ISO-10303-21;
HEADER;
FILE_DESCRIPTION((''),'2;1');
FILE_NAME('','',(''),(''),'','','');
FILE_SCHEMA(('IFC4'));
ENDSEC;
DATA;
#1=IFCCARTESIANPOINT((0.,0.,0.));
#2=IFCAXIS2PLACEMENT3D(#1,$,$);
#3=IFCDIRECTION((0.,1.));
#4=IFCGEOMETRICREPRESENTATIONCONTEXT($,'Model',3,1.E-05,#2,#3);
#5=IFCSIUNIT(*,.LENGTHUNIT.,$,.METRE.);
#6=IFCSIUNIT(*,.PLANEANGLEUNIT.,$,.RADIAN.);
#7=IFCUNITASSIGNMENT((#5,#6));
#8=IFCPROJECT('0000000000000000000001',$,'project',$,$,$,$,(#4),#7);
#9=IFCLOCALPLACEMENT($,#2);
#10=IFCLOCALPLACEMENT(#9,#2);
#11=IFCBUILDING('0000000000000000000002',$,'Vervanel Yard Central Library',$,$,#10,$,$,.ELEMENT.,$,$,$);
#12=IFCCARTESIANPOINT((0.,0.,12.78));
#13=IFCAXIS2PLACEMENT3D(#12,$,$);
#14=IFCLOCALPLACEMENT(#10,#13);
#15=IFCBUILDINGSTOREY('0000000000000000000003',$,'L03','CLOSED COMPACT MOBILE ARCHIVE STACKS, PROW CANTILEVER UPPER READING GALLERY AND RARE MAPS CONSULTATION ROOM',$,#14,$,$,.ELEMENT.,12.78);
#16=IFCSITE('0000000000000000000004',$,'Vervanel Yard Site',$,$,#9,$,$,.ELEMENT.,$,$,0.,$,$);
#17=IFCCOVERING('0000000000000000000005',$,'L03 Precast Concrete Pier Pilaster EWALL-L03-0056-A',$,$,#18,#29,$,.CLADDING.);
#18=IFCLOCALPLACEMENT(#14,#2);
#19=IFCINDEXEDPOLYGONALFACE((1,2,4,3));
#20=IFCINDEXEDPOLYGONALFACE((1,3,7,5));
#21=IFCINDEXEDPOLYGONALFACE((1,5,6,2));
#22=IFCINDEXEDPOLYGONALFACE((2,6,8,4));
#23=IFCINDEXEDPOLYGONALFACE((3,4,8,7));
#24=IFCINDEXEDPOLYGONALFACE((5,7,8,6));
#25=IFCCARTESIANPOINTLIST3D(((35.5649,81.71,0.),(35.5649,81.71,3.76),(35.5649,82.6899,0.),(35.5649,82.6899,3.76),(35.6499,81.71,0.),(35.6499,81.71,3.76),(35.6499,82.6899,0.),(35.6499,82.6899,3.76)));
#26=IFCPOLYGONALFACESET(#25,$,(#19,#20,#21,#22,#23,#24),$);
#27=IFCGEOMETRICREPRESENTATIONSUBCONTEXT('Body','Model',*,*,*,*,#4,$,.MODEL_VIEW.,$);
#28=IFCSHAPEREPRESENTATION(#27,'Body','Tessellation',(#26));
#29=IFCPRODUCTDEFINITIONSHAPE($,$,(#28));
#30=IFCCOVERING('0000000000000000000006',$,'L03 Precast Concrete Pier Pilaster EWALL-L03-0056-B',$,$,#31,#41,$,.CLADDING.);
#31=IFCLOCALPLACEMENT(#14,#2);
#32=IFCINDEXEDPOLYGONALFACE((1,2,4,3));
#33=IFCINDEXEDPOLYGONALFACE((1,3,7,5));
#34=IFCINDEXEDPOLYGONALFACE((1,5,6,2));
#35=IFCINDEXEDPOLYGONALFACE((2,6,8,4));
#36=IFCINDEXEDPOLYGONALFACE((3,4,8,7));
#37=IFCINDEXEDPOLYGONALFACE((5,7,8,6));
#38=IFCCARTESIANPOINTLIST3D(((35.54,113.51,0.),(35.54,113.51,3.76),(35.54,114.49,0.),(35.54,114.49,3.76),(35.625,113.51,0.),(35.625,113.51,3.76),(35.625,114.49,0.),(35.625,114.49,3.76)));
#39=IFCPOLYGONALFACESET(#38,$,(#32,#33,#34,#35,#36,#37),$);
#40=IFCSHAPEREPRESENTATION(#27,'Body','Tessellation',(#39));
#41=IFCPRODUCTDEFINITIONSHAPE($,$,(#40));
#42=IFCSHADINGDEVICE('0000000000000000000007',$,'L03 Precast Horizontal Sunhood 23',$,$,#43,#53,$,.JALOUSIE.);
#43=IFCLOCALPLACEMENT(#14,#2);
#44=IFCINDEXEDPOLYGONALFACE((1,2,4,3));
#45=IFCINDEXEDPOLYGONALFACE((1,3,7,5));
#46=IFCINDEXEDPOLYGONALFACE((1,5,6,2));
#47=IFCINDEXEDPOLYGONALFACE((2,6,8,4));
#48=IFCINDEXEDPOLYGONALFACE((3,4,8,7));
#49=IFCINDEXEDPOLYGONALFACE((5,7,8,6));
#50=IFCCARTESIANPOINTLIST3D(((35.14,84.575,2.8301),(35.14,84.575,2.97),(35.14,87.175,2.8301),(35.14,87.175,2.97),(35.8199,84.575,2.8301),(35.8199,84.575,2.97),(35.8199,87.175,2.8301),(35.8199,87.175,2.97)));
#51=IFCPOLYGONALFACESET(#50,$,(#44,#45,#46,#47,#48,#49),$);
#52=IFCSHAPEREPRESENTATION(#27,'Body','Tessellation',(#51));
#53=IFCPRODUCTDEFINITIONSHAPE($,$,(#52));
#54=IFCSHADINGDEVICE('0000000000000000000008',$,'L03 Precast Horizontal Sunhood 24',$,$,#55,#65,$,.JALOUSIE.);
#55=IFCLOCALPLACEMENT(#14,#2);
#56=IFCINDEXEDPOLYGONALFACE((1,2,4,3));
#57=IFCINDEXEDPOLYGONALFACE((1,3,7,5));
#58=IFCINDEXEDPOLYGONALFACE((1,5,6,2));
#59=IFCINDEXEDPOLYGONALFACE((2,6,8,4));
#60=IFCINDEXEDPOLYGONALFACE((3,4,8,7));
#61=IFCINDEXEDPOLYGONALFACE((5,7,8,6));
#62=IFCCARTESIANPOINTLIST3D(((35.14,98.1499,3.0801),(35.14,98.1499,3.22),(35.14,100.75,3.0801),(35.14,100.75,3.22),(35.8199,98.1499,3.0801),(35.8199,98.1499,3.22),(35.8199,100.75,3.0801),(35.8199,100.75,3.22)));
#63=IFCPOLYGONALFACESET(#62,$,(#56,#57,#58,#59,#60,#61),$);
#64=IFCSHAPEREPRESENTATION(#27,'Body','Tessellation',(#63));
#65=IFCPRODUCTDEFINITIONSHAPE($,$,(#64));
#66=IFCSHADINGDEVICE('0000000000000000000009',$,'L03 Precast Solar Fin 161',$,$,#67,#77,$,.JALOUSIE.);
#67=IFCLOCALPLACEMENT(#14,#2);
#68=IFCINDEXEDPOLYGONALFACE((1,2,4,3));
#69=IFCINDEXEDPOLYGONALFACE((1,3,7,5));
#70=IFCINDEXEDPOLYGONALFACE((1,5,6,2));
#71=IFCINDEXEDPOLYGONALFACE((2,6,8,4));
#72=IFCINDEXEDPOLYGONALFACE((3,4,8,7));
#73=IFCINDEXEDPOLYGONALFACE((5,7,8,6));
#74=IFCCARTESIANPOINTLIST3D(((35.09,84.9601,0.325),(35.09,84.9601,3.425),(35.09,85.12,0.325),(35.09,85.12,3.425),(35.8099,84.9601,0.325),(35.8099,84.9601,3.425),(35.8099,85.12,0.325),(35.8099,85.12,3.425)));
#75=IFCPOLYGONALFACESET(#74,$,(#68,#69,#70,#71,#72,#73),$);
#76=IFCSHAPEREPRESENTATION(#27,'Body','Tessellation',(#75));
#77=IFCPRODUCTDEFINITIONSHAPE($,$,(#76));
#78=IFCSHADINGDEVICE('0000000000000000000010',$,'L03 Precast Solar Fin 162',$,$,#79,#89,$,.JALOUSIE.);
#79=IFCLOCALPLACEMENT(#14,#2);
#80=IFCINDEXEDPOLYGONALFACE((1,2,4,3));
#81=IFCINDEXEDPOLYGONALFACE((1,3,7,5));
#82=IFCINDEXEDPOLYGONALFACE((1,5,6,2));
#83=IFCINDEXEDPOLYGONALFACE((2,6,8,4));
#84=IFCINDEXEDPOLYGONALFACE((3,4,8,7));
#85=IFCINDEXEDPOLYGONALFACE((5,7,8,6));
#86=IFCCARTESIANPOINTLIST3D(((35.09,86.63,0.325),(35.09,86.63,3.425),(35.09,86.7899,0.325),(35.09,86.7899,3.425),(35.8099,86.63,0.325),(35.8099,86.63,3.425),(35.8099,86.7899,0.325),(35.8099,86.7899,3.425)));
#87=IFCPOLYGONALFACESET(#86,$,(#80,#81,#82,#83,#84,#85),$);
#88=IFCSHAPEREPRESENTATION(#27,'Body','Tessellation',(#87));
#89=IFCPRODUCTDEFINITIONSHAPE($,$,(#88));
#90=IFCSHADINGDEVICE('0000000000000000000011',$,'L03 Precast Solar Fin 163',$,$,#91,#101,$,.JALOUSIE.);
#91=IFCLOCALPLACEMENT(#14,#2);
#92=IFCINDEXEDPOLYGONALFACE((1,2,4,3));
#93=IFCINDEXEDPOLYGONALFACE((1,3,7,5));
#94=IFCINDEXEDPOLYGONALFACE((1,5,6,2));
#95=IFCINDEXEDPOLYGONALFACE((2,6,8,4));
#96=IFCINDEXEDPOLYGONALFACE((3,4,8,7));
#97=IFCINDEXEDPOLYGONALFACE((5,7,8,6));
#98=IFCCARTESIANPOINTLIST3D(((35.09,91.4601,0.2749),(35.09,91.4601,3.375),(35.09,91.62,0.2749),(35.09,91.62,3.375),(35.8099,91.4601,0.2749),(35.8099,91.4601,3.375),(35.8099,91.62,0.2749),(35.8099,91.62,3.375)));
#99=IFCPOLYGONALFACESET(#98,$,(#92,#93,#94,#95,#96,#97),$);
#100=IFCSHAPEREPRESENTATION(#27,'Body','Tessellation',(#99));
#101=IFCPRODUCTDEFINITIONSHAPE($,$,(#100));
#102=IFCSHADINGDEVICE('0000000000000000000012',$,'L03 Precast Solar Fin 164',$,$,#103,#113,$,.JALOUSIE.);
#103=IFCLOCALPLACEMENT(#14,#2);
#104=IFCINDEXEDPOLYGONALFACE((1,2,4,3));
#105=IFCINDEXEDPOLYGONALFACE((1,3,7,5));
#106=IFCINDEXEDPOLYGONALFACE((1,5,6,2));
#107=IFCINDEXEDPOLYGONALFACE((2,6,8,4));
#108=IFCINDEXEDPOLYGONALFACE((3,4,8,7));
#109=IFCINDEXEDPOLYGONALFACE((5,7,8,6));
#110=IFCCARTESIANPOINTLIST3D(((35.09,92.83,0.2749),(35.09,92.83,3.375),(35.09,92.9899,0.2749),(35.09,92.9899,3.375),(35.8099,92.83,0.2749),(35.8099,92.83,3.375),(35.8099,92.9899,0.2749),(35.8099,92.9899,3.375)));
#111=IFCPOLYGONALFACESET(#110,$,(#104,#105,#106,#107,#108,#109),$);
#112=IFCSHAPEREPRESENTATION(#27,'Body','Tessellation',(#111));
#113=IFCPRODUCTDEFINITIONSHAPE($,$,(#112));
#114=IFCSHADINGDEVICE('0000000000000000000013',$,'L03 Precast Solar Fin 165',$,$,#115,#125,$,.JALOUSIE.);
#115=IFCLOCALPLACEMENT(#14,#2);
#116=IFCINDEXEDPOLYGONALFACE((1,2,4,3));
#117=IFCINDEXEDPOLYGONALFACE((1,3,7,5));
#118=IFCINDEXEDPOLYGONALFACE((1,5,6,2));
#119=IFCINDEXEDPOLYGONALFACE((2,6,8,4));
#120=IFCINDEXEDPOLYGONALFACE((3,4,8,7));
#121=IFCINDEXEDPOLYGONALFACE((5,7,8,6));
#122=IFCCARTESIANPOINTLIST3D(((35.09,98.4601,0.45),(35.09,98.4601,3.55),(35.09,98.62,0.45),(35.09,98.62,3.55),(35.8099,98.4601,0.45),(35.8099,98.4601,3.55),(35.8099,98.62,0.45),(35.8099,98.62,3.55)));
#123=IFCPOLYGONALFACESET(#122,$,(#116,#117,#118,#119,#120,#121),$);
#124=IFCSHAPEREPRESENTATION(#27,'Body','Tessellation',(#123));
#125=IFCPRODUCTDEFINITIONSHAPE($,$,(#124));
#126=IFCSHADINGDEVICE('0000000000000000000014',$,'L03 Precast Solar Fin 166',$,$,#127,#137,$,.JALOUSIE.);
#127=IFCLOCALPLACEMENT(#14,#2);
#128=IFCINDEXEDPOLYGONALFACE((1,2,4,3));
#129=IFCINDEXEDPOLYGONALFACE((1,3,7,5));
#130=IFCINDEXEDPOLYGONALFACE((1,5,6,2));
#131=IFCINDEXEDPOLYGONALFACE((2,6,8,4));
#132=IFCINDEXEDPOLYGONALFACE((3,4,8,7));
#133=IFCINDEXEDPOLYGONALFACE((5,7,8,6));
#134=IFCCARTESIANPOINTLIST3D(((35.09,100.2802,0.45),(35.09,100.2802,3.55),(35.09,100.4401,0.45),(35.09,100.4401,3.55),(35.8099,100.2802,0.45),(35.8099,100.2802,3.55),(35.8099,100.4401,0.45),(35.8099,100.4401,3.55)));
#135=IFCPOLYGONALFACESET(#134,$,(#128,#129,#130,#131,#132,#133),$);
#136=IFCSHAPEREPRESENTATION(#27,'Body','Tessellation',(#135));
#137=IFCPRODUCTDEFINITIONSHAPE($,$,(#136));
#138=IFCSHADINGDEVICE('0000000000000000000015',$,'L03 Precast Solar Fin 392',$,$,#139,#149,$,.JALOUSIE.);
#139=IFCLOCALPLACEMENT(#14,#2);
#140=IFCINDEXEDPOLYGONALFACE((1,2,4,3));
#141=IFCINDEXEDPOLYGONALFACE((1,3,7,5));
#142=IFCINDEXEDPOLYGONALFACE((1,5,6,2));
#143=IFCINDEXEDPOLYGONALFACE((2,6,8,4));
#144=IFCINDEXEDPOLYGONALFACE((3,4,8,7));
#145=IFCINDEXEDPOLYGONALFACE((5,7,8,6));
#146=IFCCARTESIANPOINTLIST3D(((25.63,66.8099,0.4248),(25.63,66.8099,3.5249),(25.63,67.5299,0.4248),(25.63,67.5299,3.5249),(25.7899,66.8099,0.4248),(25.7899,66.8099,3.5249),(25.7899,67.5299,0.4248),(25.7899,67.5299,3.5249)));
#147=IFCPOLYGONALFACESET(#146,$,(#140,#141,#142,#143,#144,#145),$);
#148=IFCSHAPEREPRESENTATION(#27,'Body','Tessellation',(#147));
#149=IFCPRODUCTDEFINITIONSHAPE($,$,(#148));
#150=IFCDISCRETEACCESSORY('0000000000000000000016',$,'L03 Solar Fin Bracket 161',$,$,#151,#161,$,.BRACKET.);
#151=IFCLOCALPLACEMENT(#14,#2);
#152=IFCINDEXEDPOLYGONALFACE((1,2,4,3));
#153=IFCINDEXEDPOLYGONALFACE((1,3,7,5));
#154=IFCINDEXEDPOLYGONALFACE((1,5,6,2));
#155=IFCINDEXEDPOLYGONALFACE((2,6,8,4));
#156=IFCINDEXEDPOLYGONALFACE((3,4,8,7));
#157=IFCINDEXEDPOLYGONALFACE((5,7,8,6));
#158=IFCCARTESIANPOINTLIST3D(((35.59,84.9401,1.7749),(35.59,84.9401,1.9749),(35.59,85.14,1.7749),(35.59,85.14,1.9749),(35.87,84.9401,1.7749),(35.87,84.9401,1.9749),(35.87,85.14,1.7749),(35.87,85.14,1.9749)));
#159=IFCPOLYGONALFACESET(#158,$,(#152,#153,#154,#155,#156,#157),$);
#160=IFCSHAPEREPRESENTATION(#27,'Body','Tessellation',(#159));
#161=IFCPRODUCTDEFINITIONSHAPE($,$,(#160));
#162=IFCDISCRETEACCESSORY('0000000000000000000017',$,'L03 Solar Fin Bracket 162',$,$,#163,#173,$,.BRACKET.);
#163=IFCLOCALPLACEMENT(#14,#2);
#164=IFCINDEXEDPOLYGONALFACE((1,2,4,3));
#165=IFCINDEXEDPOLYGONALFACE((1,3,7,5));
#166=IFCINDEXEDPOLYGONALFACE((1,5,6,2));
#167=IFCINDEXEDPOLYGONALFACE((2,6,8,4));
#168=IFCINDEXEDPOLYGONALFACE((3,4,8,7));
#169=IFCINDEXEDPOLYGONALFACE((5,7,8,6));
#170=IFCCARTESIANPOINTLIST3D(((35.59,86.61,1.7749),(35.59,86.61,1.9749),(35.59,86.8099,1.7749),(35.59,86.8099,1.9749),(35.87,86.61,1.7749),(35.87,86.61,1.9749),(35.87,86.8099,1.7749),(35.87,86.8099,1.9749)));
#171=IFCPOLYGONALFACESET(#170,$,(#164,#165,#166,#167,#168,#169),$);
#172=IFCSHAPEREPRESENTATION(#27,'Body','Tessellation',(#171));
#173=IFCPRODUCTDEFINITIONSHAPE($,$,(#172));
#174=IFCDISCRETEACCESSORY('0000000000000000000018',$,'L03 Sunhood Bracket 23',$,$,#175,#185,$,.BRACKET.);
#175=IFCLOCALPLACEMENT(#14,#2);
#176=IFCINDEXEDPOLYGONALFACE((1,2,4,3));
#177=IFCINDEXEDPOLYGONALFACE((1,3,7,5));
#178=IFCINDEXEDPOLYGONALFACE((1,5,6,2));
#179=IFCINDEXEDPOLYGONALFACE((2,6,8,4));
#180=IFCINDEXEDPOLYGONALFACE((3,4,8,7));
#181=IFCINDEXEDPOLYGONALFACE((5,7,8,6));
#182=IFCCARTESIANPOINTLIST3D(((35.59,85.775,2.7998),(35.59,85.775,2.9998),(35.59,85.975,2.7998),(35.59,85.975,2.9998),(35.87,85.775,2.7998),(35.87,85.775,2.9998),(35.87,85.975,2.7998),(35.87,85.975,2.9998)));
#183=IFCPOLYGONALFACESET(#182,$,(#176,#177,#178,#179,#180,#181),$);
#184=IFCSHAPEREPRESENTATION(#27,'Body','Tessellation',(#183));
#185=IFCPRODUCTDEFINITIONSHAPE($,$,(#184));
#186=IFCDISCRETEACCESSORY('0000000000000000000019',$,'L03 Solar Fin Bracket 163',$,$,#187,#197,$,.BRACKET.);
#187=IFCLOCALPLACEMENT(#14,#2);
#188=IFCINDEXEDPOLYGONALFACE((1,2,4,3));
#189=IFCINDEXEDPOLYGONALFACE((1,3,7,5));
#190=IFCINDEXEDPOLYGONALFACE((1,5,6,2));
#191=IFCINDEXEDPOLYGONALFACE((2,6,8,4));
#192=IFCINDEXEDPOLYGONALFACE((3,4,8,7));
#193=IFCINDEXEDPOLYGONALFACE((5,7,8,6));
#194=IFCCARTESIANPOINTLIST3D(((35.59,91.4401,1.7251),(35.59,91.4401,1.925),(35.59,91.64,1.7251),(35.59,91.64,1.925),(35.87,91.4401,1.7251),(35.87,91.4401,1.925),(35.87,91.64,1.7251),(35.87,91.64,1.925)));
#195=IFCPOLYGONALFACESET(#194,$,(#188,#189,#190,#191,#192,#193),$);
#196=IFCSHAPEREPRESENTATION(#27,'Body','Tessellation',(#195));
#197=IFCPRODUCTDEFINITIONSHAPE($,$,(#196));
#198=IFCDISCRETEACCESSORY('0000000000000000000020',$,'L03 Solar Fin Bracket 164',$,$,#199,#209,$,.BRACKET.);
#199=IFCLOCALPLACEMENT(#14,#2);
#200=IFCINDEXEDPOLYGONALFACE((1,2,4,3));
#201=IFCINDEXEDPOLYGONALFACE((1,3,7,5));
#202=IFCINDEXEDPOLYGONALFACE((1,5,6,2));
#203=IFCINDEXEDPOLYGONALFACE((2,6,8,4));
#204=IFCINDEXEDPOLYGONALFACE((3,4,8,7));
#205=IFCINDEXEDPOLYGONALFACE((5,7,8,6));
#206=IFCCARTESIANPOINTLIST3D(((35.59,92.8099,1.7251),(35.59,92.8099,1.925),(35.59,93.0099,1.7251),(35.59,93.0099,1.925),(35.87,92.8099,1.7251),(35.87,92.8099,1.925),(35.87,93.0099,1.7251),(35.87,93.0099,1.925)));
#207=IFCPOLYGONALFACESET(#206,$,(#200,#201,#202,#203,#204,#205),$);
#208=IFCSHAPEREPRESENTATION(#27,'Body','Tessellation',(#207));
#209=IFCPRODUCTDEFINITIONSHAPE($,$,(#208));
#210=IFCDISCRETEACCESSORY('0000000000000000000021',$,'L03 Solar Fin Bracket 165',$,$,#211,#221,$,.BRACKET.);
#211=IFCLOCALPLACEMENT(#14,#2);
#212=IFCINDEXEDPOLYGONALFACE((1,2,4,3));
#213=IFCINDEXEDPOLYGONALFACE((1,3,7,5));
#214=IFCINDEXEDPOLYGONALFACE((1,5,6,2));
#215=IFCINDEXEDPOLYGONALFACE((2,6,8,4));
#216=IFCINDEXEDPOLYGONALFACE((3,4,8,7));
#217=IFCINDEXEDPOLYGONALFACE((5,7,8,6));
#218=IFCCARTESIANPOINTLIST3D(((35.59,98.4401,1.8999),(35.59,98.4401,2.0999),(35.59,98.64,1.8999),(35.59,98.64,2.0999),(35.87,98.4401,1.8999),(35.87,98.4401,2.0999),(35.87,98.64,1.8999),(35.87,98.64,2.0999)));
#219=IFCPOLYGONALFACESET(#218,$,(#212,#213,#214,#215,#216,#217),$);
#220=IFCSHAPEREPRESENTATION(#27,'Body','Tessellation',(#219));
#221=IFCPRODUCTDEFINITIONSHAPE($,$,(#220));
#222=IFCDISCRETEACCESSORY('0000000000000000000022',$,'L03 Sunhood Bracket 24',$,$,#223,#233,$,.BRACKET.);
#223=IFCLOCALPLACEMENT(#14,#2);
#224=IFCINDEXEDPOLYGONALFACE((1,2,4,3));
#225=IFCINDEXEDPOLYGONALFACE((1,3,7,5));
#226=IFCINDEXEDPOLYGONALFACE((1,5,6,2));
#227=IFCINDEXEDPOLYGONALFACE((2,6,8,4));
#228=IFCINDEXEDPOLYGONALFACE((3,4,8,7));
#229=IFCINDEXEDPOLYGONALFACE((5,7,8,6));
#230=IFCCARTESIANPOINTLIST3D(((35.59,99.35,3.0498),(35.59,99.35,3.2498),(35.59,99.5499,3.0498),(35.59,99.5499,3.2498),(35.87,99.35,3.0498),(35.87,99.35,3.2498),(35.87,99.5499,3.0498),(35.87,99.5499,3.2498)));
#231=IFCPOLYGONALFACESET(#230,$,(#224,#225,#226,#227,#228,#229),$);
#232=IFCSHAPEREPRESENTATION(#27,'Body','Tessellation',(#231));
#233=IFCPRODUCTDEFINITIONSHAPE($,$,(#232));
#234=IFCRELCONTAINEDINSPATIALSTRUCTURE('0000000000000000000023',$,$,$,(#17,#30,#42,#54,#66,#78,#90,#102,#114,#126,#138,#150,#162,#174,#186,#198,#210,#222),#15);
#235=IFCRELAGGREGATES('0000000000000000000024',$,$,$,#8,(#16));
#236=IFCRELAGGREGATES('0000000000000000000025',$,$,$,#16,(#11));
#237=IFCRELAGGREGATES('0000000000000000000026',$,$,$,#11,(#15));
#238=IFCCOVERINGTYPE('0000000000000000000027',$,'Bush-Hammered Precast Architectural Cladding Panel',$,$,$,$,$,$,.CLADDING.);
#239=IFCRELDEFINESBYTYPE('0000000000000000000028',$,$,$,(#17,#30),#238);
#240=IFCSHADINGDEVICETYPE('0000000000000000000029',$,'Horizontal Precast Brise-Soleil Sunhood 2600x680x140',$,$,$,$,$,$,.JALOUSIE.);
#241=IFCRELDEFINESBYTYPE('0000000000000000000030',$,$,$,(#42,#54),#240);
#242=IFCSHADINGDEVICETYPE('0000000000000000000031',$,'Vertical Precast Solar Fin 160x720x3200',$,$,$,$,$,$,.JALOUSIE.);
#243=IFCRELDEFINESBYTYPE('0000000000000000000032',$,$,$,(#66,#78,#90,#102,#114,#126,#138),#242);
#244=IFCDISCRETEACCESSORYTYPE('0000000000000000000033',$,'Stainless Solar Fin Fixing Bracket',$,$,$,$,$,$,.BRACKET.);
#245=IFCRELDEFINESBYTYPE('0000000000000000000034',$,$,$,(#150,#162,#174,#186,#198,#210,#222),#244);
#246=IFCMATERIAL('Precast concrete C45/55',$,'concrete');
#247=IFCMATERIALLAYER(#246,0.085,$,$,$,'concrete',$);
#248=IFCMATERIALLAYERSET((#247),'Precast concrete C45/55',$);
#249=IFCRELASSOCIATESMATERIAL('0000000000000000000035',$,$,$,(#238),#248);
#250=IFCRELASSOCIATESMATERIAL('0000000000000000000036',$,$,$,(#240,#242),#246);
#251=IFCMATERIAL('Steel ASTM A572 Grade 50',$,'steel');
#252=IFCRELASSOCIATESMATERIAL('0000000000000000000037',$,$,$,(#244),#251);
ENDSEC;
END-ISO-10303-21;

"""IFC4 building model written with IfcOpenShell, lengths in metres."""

from ifc_helpers import new_model, si_unit, direction, frame, origin, origin_2d, place, context, subcontext, project, spatial, rectangle, extrude, material, layer, layer_set, type_object, element, save


model = new_model("IFC4")

# Units and contexts
model_context = context("Model", 3, precision=1e-05, world=origin(), true_north=direction((0.0, 1.0)))
body_context = subcontext(model_context, "Body", "Model", "MODEL_VIEW")
ifc_project = project(units=[si_unit("LENGTHUNIT", "METRE"), si_unit("PLANEANGLEUNIT", "RADIAN")], contexts=[model_context])

# Site, building, storey
site_placement = place(None, origin())
site = spatial("IfcSite", under=ifc_project, at=site_placement, Name="Vervanel Yard Site", CompositionType="ELEMENT", RefElevation=0.0)
building_placement = place(site_placement, origin())
building = spatial("IfcBuilding", under=site, at=building_placement, Name="Vervanel Yard Central Library", CompositionType="ELEMENT")
storey_placement = place(building_placement, frame((0.0, 0.0, 12.78)))
storey = spatial("IfcBuildingStorey", under=building, at=storey_placement, Name="L03", Description="CLOSED COMPACT MOBILE ARCHIVE STACKS, PROW CANTILEVER UPPER READING GALLERY AND RARE MAPS CONSULTATION ROOM", CompositionType="ELEMENT", Elevation=12.78)

# Coverings
ifc_material_1 = material(Name="Precast concrete C45/55", Category="concrete")
ifc_layer_1 = layer(ifc_material_1, 0.085, Category="concrete")
ifc_layer_set_1 = layer_set([ifc_layer_1], Name="Precast concrete C45/55")
covering_type = type_object("IfcCoveringType", Name="Bush-Hammered Precast Architectural Cladding Panel", PredefinedType="CLADDING", material=ifc_layer_set_1)
for number, where, z_axis, x_axis, name in (
    (1, (35.6074, 82.2, 0.0), (0.0, 0.0, 1.0), (0.0, 1.0, 0.0), "L03 Precast Concrete Pier Pilaster EWALL-L03-0056-A"),
    (2, (35.5825, 114.0, 0.0), (0.0, 0.0, 1.0), (0.0, 1.0, 0.0), "L03 Precast Concrete Pier Pilaster EWALL-L03-0056-B"),
):
    element("IfcCovering", number, at=place(storey_placement, frame(where, z_axis=z_axis, x_axis=x_axis)), inside=storey, type_object=covering_type, Name=name, PredefinedType="CLADDING", context=body_context, shape_type="SweptSolid", body=[
        extrude(rectangle(XDim=0.98, YDim=0.085, at=origin_2d()), origin(), (0.0, 0.0, 1.0), 3.76),
    ])

# Shading devices
shading_device_type_1 = type_object("IfcShadingDeviceType", Name="Horizontal Precast Brise-Soleil Sunhood 2600x680x140", PredefinedType="JALOUSIE", material=ifc_material_1)
for number, where, z_axis, x_axis, name in (
    (3, (35.48, 85.875, 2.8301), (0.0, 0.0, 1.0), (0.0, 1.0, 0.0), "L03 Precast Horizontal Sunhood 23"),
    (4, (35.48, 99.45, 3.0801), (0.0, 0.0, 1.0), (0.0, 1.0, 0.0), "L03 Precast Horizontal Sunhood 24"),
):
    element("IfcShadingDevice", number, at=place(storey_placement, frame(where, z_axis=z_axis, x_axis=x_axis)), inside=storey, type_object=shading_device_type_1, Name=name, PredefinedType="JALOUSIE", context=body_context, shape_type="SweptSolid", body=[
        extrude(rectangle(XDim=2.6001, YDim=0.6799, at=origin_2d()), origin(), (0.0, 0.0, 1.0), 0.1399),
    ])
shading_device_type_2 = type_object("IfcShadingDeviceType", Name="Vertical Precast Solar Fin 160x720x3200", PredefinedType="JALOUSIE", material=ifc_material_1)
for number, where, z_axis, x_axis, name in (
    (5, (35.45, 85.04, 0.325), (0.0, 0.0, 1.0), (0.0, 1.0, 0.0), "L03 Precast Solar Fin 161"),
    (6, (35.45, 86.71, 0.325), (0.0, 0.0, 1.0), (0.0, 1.0, 0.0), "L03 Precast Solar Fin 162"),
    (7, (35.45, 91.54, 0.2749), (0.0, 0.0, 1.0), (0.0, 1.0, 0.0), "L03 Precast Solar Fin 163"),
    (8, (35.45, 92.9099, 0.2749), (0.0, 0.0, 1.0), (0.0, 1.0, 0.0), "L03 Precast Solar Fin 164"),
    (9, (35.45, 98.54, 0.45), (0.0, 0.0, 1.0), (0.0, 1.0, 0.0), "L03 Precast Solar Fin 165"),
    (10, (35.45, 100.3601, 0.45), (0.0, 0.0, 1.0), (0.0, 1.0, 0.0), "L03 Precast Solar Fin 166"),
    (11, (25.71, 67.1699, 0.4248), (0.0, 0.0, 1.0), (1.0, 0.0, 0.0), "L03 Precast Solar Fin 392"),
):
    element("IfcShadingDevice", number, at=place(storey_placement, frame(where, z_axis=z_axis, x_axis=x_axis)), inside=storey, type_object=shading_device_type_2, Name=name, PredefinedType="JALOUSIE", context=body_context, shape_type="SweptSolid", body=[
        extrude(rectangle(XDim=0.1599, YDim=0.72, at=origin_2d()), origin(), (0.0, 0.0, 1.0), 3.1001),
    ])

# Discrete accessories
ifc_material_2 = material(Name="Steel ASTM A572 Grade 50", Category="steel")
discrete_accessory_type = type_object("IfcDiscreteAccessoryType", Name="Stainless Solar Fin Fixing Bracket", PredefinedType="BRACKET", material=ifc_material_2)
for number, where, z_axis, x_axis, name in (
    (12, (35.73, 85.04, 1.7749), (0.0, 0.0, 1.0), (0.0, 1.0, 0.0), "L03 Solar Fin Bracket 161"),
    (13, (35.73, 86.71, 1.7749), (0.0, 0.0, 1.0), (0.0, 1.0, 0.0), "L03 Solar Fin Bracket 162"),
    (14, (35.73, 85.875, 2.7998), (0.0, 0.0, 1.0), (0.0, 1.0, 0.0), "L03 Sunhood Bracket 23"),
    (15, (35.73, 91.54, 1.7251), (0.0, 0.0, 1.0), (0.0, 1.0, 0.0), "L03 Solar Fin Bracket 163"),
    (16, (35.73, 92.9099, 1.7251), (0.0, 0.0, 1.0), (0.0, 1.0, 0.0), "L03 Solar Fin Bracket 164"),
    (17, (35.73, 98.54, 1.8999), (0.0, 0.0, 1.0), (0.0, 1.0, 0.0), "L03 Solar Fin Bracket 165"),
    (18, (35.73, 99.45, 3.0498), (0.0, 0.0, 1.0), (0.0, 1.0, 0.0), "L03 Sunhood Bracket 24"),
):
    element("IfcDiscreteAccessory", number, at=place(storey_placement, frame(where, z_axis=z_axis, x_axis=x_axis)), inside=storey, type_object=discrete_accessory_type, Name=name, PredefinedType="BRACKET", context=body_context, shape_type="SweptSolid", body=[
        extrude(rectangle(XDim=0.2, YDim=0.28, at=origin_2d()), origin(), (0.0, 0.0, 1.0), 0.2),
    ])

save(model, "model.ifc")
